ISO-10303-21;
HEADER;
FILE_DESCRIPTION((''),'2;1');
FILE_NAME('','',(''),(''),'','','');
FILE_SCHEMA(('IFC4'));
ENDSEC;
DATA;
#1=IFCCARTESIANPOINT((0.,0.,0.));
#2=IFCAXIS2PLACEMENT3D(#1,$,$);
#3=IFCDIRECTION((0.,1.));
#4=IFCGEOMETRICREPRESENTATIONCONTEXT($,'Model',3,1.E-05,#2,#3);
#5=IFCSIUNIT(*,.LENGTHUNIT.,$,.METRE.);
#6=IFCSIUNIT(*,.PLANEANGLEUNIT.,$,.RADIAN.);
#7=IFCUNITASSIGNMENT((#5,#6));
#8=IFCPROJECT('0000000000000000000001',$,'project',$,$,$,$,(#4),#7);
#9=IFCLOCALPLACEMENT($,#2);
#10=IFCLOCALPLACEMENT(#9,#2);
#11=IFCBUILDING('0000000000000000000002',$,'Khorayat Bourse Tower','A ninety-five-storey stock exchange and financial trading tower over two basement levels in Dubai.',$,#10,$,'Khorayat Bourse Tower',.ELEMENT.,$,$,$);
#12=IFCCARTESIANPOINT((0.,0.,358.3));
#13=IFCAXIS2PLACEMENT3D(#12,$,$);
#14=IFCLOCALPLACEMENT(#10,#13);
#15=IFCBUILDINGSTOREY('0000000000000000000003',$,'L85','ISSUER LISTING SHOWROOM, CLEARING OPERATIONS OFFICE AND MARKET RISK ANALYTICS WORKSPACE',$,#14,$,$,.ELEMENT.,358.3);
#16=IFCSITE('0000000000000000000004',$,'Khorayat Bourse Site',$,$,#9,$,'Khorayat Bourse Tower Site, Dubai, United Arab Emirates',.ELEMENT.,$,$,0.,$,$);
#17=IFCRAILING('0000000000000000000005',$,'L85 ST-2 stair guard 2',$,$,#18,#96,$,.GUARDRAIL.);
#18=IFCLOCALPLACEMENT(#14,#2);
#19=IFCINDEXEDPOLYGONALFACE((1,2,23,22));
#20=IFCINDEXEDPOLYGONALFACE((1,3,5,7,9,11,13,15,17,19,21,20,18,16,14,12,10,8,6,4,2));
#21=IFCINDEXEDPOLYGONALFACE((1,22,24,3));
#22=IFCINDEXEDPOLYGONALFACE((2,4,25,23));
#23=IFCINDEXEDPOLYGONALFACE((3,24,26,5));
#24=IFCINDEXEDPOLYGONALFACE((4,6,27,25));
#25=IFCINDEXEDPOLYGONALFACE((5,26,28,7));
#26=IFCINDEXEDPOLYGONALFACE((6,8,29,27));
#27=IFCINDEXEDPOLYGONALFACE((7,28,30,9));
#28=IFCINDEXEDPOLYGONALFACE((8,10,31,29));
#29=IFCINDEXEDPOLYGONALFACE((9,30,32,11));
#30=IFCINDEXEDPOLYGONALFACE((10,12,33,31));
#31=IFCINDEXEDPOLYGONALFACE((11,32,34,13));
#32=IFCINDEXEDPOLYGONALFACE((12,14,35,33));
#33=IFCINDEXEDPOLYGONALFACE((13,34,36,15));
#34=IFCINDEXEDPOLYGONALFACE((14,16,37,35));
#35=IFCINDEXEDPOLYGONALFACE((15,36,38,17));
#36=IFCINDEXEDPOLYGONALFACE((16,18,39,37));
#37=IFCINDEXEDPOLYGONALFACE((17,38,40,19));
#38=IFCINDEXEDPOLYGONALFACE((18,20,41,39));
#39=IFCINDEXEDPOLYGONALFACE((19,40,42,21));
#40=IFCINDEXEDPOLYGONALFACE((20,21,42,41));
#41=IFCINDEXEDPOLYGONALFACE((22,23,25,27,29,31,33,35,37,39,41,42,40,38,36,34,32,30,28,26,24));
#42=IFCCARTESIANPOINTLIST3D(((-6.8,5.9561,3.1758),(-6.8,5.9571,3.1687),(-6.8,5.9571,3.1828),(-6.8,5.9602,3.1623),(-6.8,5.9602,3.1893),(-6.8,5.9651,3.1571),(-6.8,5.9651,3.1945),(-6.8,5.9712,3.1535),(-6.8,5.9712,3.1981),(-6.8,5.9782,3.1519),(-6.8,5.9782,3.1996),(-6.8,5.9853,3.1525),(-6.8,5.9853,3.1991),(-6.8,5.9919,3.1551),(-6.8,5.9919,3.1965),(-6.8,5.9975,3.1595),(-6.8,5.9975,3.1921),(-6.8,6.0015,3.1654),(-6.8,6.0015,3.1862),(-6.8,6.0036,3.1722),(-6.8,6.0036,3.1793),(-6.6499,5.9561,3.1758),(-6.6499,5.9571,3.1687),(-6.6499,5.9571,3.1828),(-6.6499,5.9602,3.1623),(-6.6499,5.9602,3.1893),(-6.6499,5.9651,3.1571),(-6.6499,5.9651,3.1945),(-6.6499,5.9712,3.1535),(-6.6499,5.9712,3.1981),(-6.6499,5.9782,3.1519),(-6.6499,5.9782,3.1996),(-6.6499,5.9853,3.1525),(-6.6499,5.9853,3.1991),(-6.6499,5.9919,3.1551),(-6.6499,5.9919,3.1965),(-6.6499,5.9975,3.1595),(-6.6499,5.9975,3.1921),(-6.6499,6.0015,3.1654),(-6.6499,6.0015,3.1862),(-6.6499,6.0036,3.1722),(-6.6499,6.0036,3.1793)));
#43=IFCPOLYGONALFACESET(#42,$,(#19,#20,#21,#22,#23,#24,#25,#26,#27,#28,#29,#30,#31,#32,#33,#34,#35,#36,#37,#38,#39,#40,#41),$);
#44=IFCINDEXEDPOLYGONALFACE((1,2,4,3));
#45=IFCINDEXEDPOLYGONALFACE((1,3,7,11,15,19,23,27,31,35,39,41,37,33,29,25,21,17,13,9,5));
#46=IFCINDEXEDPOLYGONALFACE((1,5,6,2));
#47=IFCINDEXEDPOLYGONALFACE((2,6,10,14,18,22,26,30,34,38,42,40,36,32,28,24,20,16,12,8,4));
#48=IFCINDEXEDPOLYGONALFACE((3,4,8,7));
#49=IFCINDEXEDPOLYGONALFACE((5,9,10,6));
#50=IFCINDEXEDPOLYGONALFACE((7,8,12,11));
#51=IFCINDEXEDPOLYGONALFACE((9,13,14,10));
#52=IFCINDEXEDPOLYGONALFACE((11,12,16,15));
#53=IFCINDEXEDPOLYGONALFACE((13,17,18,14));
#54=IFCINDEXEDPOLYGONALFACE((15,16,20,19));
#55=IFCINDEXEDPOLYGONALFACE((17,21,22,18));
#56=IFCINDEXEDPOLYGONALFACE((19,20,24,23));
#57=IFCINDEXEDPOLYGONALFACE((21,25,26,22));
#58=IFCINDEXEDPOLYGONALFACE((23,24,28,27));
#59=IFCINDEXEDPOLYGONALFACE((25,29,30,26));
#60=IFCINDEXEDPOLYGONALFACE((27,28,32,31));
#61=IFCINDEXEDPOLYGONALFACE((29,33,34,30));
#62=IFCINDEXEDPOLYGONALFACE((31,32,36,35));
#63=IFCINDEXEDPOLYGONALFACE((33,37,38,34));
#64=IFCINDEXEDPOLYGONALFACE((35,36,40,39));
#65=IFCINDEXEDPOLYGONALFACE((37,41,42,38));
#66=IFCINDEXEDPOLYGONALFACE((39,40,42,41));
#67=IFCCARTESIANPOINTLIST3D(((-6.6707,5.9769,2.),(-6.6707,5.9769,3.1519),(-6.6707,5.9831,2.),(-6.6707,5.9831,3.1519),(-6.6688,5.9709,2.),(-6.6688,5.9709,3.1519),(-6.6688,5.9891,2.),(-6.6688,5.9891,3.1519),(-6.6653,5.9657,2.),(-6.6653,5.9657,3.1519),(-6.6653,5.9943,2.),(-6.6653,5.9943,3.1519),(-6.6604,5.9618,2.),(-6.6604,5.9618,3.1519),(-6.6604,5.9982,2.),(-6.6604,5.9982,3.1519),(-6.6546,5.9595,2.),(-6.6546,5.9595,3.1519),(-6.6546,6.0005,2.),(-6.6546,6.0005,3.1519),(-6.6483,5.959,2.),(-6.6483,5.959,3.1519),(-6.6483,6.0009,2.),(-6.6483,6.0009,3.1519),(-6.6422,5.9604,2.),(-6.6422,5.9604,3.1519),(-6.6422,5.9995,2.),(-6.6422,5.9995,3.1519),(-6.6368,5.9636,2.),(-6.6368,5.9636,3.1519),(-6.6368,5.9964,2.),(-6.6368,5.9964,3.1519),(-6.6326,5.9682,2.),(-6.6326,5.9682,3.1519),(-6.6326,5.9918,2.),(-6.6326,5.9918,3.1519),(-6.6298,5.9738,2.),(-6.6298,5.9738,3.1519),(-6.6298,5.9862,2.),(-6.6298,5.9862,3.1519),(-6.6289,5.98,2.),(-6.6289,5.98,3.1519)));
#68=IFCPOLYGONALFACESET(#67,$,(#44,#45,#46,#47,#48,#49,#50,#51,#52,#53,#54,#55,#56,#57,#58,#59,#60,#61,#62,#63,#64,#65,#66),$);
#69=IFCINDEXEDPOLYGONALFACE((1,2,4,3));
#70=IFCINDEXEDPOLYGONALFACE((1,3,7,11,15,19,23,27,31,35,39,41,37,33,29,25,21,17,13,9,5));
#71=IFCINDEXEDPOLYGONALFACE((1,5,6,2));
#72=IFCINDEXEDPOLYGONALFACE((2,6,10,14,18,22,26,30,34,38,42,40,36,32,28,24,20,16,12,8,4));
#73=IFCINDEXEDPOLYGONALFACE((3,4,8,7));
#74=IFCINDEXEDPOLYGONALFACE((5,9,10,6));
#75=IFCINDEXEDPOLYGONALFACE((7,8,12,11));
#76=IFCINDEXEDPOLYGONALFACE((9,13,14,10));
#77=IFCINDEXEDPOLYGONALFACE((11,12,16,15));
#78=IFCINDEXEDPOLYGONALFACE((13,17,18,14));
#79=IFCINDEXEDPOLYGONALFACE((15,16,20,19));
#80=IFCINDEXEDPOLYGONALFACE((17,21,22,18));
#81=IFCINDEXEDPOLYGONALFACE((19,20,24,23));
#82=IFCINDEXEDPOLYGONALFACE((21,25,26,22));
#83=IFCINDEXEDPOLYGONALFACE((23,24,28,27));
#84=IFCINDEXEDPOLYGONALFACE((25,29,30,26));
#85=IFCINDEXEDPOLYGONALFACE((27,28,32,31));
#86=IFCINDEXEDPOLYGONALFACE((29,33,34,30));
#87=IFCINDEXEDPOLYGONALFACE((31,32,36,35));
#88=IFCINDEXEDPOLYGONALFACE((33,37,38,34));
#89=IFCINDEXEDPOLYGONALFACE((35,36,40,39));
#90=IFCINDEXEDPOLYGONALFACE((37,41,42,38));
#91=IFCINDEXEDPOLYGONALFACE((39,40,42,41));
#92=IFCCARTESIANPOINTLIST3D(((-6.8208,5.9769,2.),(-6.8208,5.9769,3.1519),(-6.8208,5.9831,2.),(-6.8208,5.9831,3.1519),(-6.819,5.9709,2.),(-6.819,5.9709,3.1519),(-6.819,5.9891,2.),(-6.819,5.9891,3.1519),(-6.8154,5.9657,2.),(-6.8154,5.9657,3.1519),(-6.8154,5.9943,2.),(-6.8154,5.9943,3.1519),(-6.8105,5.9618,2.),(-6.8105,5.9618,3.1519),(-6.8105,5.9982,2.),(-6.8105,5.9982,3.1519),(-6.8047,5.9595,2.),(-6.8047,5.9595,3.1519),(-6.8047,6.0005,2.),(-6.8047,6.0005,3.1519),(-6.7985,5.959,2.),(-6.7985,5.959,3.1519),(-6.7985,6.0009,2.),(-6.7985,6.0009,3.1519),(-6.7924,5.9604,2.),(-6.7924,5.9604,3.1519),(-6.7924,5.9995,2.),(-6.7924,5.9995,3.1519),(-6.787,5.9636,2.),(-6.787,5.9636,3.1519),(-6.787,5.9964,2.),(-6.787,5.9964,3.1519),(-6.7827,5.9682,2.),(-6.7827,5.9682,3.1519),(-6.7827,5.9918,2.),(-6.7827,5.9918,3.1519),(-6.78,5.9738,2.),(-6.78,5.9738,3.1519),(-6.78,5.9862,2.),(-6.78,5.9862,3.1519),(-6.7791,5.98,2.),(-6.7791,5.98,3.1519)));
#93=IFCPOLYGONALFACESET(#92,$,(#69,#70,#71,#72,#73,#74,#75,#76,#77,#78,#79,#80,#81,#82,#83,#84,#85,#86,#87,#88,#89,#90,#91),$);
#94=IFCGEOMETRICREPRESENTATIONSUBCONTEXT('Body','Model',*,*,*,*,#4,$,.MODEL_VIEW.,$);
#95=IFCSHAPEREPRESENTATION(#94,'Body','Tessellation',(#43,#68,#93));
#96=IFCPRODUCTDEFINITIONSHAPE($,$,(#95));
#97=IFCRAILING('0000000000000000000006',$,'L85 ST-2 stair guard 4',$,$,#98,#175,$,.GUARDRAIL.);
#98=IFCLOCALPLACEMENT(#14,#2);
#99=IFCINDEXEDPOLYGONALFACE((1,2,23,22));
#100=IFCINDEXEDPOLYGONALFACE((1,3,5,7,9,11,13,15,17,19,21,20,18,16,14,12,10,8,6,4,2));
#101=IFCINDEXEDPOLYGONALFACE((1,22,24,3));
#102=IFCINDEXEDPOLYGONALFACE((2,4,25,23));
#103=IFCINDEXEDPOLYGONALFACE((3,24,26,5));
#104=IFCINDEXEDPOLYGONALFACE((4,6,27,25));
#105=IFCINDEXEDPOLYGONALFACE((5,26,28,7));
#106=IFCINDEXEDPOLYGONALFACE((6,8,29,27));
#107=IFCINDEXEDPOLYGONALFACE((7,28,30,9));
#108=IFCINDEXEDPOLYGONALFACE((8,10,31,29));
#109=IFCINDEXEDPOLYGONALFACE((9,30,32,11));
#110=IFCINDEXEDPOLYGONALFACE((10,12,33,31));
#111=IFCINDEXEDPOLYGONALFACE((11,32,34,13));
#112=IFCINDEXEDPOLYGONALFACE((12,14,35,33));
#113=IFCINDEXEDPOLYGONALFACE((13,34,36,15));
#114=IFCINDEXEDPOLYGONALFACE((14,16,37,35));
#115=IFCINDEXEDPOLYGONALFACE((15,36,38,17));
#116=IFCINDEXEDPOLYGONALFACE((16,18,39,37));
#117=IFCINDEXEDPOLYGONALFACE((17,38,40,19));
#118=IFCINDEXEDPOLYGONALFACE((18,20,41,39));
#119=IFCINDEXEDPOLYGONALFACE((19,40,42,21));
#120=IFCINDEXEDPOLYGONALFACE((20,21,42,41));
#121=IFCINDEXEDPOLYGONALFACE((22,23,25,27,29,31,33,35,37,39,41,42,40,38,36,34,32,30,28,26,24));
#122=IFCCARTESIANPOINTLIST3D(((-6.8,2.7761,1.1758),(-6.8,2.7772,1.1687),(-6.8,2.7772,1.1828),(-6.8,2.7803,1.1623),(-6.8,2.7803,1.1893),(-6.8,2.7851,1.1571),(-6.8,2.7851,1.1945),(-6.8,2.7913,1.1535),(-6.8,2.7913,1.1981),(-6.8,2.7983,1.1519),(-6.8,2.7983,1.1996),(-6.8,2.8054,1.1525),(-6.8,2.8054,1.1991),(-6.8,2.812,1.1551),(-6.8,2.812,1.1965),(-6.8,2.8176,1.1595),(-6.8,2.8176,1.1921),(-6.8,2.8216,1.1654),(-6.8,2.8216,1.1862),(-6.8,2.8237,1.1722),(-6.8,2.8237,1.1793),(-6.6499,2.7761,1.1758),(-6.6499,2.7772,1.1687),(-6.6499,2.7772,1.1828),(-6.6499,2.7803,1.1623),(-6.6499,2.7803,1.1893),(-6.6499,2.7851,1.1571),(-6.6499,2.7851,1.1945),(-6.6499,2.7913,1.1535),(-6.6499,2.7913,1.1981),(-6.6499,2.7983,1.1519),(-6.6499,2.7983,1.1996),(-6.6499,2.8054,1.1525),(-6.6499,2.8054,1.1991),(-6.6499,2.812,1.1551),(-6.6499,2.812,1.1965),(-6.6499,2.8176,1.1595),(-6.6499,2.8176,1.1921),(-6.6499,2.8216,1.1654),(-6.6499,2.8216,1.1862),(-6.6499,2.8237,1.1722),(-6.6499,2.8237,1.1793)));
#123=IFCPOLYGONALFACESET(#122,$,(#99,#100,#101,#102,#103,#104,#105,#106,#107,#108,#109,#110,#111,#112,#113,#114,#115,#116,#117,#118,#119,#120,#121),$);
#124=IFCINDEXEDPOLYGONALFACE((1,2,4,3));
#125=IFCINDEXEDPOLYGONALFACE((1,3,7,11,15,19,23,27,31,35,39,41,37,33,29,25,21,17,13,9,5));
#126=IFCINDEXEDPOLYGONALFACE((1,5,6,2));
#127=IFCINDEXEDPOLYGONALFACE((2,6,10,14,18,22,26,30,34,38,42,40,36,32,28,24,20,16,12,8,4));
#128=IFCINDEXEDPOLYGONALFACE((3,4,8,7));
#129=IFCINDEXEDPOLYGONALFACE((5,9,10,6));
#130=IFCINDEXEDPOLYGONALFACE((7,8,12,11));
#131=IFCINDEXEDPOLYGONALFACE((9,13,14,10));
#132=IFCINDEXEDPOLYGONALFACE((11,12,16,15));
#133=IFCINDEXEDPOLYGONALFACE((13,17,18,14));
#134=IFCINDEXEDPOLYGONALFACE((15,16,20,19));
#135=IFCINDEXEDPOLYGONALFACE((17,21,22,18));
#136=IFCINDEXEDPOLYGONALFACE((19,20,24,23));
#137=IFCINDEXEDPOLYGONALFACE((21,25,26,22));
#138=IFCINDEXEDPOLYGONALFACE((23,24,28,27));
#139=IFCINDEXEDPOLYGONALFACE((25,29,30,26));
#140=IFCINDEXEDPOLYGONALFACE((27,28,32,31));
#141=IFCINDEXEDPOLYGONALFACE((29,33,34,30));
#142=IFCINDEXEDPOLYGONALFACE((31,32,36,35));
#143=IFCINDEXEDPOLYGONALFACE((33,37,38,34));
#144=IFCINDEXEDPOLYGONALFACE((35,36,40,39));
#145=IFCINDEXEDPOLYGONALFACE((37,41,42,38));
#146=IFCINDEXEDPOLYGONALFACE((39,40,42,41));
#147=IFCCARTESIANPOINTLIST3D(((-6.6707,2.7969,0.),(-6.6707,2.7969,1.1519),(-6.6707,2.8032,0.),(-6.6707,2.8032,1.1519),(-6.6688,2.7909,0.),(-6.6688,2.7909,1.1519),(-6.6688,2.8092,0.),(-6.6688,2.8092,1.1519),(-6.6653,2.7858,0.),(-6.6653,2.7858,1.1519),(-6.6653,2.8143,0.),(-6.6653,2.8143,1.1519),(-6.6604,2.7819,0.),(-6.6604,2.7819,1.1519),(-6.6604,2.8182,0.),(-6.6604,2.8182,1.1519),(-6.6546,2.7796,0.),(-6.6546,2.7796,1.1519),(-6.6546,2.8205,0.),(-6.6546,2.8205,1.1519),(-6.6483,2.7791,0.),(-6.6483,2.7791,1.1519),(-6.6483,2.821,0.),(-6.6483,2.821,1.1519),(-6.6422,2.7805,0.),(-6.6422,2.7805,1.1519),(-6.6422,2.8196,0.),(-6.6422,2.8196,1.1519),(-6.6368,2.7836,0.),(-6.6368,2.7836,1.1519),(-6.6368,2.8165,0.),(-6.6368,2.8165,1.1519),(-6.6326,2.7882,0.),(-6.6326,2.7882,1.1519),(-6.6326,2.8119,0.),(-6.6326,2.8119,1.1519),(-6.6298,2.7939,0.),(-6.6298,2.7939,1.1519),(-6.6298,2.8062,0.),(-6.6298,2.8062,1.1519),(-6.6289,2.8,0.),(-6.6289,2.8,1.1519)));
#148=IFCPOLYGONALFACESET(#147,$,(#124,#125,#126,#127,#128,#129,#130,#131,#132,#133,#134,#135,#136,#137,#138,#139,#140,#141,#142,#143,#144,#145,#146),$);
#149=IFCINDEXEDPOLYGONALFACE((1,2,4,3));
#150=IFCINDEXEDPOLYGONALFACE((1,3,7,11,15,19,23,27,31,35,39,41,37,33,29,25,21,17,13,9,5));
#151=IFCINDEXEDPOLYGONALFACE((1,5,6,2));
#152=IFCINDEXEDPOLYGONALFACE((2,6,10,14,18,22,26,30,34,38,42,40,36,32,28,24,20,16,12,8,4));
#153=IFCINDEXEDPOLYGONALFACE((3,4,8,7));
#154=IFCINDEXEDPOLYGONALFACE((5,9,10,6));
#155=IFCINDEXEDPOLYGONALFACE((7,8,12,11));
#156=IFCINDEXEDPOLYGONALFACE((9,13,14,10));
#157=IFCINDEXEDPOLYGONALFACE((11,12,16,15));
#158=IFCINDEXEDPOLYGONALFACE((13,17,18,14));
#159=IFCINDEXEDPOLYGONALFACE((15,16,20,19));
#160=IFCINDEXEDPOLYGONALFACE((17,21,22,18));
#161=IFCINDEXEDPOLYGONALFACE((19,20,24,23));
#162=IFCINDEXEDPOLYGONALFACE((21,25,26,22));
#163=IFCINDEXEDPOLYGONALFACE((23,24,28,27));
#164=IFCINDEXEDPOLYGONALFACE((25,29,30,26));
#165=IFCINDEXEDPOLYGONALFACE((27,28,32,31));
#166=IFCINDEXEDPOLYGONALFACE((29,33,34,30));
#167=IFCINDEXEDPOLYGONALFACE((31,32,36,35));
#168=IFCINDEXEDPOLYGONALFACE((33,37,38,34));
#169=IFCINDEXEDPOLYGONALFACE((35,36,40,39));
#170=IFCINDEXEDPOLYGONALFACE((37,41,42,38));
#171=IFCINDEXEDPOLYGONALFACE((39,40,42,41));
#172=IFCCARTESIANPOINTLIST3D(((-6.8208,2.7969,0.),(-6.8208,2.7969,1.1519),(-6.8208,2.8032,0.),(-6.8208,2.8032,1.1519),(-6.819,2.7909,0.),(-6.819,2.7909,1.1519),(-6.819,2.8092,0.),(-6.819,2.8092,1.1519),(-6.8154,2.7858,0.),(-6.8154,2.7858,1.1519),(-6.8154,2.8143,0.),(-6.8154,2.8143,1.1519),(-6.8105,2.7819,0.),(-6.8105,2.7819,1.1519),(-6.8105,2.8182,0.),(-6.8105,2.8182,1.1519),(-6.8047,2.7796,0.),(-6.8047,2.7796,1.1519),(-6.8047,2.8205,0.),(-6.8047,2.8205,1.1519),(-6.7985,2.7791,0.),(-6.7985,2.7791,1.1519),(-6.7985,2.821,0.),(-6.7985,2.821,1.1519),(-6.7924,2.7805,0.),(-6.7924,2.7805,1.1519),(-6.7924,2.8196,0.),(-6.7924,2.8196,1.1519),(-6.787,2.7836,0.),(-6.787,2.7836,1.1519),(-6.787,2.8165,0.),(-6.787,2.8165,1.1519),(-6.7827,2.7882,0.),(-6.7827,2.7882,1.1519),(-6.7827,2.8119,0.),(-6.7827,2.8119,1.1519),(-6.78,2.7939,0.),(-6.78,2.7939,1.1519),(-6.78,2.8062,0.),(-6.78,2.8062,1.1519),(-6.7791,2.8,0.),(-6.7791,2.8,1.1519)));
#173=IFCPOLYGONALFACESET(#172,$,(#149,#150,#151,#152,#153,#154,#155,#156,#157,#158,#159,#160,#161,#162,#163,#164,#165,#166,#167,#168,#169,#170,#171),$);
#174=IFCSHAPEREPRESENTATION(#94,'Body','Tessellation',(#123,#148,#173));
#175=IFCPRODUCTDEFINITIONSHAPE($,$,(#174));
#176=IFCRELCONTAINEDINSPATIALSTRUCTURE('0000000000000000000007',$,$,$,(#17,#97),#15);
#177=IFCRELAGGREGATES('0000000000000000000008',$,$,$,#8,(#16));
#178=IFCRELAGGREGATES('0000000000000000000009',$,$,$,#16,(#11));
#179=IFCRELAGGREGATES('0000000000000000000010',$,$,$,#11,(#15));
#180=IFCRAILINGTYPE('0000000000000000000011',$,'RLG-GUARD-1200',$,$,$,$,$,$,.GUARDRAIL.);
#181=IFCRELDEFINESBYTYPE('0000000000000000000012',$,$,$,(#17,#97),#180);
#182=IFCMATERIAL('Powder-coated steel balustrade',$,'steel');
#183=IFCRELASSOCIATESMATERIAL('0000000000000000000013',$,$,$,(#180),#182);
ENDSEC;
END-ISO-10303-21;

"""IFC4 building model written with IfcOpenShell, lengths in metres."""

from ifc_helpers import new_model, si_unit, direction, frame, origin, origin_2d, place, context, subcontext, project, spatial, circle, extrude, source, transform, mapped, material, type_object, element, save


model = new_model("IFC4")

# Units and contexts
model_context = context("Model", 3, precision=1e-05, world=origin(), true_north=direction((0.0, 1.0)))
body_context = subcontext(model_context, "Body", "Model", "MODEL_VIEW")
ifc_project = project(units=[si_unit("LENGTHUNIT", "METRE"), si_unit("PLANEANGLEUNIT", "RADIAN")], contexts=[model_context])

# Site, building, storey
site_placement = place(None, origin())
site = spatial("IfcSite", under=ifc_project, at=site_placement, Name="Khorayat Bourse Site", LongName="Khorayat Bourse Tower Site, Dubai, United Arab Emirates", CompositionType="ELEMENT", RefElevation=0.0)
building_placement = place(site_placement, origin())
building = spatial("IfcBuilding", under=site, at=building_placement, Name="Khorayat Bourse Tower", Description="A ninety-five-storey stock exchange and financial trading tower over two basement levels in Dubai.", LongName="Khorayat Bourse Tower", CompositionType="ELEMENT")
storey_placement = place(building_placement, frame((0.0, 0.0, 358.3)))
storey = spatial("IfcBuildingStorey", under=building, at=storey_placement, Name="L85", Description="ISSUER LISTING SHOWROOM, CLEARING OPERATIONS OFFICE AND MARKET RISK ANALYTICS WORKSPACE", CompositionType="ELEMENT", Elevation=358.3)

# Railings
ifc_material_1 = material(Name="Powder-coated steel balustrade", Category="steel")
railing_type_1 = type_object("IfcRailingType", Name="RLG-GUARD-1200", PredefinedType="GUARDRAIL", material=ifc_material_1)
shared_shape_1 = source(origin(), body_context, "Body", "SweptSolid", [
    extrude(circle(Radius=0.0239, at=origin_2d()), frame((0.0, 0.0, 1.1758), z_axis=(-1.0, 0.0, 0.0), x_axis=(0.0, -1.0, 0.0)), (0.0, 0.0, 1.0), 0.1501),
    extrude(circle(Radius=0.021, at=origin_2d()), origin(), (0.0, 0.0, 1.0), 1.1519),
    extrude(circle(Radius=0.021, at=origin_2d()), frame((-0.1501, 0.0, 0.0)), (0.0, 0.0, 1.0), 1.1519),
])
for number, where, name in (
    (1, (-6.6499, 5.98, 2.0), "L85 ST-2 stair guard 2"),
    (2, (-6.6499, 2.8, 0.0), "L85 ST-2 stair guard 4"),
):
    element("IfcRailing", number, at=place(storey_placement, frame(where)), inside=storey, type_object=railing_type_1, Name=name, PredefinedType="GUARDRAIL", context=body_context, shape_type="MappedRepresentation", body=[
        mapped(shared_shape_1, transform((0.0, 0.0, 0.0), scale=1.0)),
    ])

save(model, "model.ifc")
